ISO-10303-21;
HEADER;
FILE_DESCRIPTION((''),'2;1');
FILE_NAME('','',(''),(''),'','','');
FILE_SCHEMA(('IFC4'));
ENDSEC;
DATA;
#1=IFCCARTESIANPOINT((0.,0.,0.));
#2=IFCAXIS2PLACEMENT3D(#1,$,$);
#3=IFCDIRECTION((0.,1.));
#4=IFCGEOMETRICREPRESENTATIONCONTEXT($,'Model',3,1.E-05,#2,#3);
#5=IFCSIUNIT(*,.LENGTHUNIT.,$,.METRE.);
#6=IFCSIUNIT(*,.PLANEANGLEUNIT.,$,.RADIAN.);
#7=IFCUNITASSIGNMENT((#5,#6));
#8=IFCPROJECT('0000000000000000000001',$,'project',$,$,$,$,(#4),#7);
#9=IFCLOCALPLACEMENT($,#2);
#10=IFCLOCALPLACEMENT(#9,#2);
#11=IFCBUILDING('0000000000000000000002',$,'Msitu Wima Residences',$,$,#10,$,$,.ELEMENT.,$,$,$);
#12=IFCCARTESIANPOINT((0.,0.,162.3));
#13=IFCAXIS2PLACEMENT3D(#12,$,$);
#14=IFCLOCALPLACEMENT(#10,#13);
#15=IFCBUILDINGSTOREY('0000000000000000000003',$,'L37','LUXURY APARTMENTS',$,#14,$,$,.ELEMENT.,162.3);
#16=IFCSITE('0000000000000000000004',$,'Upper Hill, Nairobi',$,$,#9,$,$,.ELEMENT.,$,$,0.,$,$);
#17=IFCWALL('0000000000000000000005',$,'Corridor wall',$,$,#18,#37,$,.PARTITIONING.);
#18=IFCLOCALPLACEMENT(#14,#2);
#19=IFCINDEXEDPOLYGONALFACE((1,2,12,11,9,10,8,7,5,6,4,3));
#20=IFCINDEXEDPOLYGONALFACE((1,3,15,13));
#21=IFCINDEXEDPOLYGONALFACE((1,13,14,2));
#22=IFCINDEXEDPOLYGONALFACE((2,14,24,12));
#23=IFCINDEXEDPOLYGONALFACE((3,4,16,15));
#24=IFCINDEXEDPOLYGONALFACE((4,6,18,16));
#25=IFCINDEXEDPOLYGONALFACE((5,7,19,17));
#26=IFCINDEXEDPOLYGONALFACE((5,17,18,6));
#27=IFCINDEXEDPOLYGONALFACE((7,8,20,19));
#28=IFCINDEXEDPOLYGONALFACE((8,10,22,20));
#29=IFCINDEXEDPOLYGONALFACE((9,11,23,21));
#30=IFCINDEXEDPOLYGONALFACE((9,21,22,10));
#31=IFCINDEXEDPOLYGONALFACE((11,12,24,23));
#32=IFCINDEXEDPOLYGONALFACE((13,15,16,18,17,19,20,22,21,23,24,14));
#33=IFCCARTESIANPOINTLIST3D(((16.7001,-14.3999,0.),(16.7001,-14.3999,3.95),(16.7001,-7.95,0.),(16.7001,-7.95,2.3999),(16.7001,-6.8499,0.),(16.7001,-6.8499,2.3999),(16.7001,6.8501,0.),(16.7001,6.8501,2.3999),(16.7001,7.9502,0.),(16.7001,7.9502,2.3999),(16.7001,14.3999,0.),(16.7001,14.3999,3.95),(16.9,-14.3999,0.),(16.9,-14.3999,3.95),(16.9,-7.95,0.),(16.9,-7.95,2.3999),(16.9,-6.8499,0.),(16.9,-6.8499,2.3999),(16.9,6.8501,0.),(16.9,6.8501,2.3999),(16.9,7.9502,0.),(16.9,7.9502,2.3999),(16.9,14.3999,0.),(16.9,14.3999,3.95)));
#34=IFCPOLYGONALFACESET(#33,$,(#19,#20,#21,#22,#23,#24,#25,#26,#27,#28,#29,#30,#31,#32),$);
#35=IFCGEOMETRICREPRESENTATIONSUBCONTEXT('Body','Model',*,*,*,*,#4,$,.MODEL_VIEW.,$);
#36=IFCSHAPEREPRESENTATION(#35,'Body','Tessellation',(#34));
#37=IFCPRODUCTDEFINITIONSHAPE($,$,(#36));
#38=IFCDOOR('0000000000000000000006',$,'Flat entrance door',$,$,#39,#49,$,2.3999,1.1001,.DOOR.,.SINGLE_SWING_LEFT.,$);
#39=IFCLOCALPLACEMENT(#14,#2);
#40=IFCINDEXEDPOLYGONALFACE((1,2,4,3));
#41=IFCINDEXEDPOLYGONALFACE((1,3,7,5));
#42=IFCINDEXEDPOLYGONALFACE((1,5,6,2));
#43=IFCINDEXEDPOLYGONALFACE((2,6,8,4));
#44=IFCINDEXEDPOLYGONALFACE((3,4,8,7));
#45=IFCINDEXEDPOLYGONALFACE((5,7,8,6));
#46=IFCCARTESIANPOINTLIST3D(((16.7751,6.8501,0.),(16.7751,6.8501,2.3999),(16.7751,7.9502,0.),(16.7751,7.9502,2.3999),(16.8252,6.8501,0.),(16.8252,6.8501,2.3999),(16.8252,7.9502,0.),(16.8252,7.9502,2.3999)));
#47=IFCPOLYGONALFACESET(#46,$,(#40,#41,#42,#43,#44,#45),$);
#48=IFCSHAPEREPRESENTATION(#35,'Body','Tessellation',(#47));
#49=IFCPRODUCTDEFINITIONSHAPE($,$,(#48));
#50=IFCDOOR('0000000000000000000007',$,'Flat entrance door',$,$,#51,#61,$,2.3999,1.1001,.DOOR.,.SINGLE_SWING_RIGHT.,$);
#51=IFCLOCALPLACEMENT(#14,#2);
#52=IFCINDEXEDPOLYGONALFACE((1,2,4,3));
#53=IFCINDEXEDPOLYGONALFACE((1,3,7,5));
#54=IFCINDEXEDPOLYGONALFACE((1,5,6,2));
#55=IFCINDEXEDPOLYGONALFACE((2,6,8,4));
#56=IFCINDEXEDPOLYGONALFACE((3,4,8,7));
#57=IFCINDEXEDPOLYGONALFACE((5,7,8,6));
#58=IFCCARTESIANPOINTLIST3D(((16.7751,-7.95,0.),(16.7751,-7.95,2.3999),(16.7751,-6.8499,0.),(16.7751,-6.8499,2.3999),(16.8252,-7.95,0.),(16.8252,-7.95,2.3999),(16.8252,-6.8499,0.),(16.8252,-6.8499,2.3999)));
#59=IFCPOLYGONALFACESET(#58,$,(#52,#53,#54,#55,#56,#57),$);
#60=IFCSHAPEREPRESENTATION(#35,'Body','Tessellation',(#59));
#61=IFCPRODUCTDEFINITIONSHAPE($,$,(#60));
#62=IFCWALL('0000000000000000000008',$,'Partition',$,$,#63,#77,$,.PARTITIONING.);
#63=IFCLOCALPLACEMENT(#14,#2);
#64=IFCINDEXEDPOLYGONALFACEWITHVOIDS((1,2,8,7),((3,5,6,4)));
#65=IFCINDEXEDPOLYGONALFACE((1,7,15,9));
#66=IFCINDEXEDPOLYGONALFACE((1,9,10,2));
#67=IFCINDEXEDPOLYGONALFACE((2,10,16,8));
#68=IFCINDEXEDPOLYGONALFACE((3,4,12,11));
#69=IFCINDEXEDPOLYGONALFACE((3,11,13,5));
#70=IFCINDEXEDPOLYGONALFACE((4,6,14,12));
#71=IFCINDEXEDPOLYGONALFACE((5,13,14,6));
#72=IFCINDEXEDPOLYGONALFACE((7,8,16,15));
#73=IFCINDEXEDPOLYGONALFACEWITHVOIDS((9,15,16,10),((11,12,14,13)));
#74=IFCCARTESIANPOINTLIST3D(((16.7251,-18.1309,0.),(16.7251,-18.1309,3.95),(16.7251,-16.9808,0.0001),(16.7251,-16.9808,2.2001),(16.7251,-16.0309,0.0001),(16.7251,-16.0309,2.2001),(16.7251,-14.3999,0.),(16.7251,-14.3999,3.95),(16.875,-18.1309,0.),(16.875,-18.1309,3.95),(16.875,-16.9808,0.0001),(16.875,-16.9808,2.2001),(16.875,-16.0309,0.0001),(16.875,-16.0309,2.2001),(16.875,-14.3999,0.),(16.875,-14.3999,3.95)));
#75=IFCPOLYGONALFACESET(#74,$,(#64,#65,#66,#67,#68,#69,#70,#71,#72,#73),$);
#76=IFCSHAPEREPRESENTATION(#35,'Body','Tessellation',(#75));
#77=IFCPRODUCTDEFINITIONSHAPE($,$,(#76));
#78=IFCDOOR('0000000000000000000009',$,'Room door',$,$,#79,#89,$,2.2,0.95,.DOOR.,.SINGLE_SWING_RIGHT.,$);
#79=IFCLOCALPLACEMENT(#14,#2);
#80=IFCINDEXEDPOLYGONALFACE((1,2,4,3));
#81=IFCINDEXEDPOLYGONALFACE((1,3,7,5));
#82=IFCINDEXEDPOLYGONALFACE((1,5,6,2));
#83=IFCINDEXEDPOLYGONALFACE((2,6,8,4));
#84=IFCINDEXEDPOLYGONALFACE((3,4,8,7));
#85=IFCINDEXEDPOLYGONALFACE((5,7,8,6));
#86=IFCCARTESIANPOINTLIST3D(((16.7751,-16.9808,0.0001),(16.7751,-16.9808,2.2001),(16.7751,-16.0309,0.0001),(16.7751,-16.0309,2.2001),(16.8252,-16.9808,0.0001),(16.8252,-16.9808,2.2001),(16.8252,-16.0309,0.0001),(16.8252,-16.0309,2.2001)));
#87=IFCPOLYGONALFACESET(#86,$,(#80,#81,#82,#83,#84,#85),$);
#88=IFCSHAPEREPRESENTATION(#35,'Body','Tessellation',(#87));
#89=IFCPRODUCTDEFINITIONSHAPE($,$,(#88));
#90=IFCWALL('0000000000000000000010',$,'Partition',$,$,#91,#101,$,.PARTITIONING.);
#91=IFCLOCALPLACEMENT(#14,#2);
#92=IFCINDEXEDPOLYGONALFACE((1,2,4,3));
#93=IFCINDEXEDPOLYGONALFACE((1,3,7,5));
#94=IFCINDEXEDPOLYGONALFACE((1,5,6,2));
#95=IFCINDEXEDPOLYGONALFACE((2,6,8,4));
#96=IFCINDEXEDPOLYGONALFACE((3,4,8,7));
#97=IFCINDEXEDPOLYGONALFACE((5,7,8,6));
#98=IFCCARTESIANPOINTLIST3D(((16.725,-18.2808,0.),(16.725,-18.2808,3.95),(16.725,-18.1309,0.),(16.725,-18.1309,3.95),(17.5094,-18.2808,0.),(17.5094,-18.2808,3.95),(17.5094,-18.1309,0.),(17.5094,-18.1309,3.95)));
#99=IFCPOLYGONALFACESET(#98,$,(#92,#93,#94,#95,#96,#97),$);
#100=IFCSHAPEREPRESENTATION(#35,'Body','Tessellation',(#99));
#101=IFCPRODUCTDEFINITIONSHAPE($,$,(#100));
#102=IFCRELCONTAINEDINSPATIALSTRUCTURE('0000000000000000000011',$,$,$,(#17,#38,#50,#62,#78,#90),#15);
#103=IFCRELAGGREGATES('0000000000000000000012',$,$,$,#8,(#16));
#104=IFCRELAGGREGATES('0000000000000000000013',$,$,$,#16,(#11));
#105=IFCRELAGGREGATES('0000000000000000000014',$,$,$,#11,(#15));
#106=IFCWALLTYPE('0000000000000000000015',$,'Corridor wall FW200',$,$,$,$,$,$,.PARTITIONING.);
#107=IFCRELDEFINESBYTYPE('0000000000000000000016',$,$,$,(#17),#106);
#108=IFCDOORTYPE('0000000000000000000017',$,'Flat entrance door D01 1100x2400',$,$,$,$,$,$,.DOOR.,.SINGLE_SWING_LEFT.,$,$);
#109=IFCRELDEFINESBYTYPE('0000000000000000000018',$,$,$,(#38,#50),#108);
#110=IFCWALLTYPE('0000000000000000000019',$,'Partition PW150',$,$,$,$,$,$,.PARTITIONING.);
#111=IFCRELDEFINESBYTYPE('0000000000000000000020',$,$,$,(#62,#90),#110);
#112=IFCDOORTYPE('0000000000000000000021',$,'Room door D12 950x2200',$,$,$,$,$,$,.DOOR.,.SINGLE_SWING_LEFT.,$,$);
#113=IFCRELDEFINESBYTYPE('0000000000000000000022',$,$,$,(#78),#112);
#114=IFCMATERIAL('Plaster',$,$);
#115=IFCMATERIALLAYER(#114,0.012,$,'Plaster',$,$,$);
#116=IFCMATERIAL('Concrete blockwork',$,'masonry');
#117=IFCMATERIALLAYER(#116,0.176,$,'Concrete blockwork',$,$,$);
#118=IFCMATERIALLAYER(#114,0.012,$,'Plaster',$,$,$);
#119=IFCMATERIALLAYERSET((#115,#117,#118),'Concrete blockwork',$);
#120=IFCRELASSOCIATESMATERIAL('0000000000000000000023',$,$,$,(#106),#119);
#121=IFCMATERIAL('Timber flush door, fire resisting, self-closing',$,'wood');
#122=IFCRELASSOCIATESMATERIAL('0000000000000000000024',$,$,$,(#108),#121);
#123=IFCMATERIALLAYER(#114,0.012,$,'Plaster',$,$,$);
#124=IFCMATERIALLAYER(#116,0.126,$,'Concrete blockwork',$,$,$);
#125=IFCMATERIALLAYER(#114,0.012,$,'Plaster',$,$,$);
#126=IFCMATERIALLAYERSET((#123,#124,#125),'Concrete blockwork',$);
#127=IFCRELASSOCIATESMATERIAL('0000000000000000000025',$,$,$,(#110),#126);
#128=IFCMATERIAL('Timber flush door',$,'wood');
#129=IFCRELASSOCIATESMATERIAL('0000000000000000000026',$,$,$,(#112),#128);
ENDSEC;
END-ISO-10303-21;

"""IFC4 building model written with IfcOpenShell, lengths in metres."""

from ifc_helpers import new_model, si_unit, direction, frame, frame_2d, origin, place, context, subcontext, project, spatial, rectangle, extrude, material, layer, layer_set, type_object, element, fill, save


model = new_model("IFC4")

# Units and contexts
model_context = context("Model", 3, precision=1e-05, world=origin(), true_north=direction((0.0, 1.0)))
body_context = subcontext(model_context, "Body", "Model", "MODEL_VIEW")
ifc_project = project(units=[si_unit("LENGTHUNIT", "METRE"), si_unit("PLANEANGLEUNIT", "RADIAN")], contexts=[model_context])

# Site, building, storey
site_placement = place(None, origin())
site = spatial("IfcSite", under=ifc_project, at=site_placement, Name="Upper Hill, Nairobi", CompositionType="ELEMENT", RefElevation=0.0)
building_placement = place(site_placement, origin())
building = spatial("IfcBuilding", under=site, at=building_placement, Name="Msitu Wima Residences", CompositionType="ELEMENT")
storey_placement = place(building_placement, frame((0.0, 0.0, 162.3)))
storey = spatial("IfcBuildingStorey", under=building, at=storey_placement, Name="L37", Description="LUXURY APARTMENTS", CompositionType="ELEMENT", Elevation=162.3)

# Shared definitions
ifc_material_1 = material(Name="Plaster")
ifc_layer_1 = layer(ifc_material_1, 0.012, Name="Plaster")
ifc_material_2 = material(Name="Concrete blockwork", Category="masonry")
ifc_layer_2 = layer(ifc_material_2, 0.176, Name="Concrete blockwork")
ifc_layer_3 = layer(ifc_material_1, 0.012, Name="Plaster")
ifc_layer_set_1 = layer_set([ifc_layer_1, ifc_layer_2, ifc_layer_3], Name="Concrete blockwork")
wall_type_1 = type_object("IfcWallType", Name="Corridor wall FW200", PredefinedType="PARTITIONING", material=ifc_layer_set_1)

# Wall, openings, doors
wall_1_placement = place(storey_placement, frame((16.8, -14.3999, 0.0), z_axis=(0.0, 0.0, 1.0), x_axis=(0.0, 1.0, 0.0)))
wall_1 = element("IfcWall", 1, at=wall_1_placement, inside=storey, type_object=wall_type_1, Name="Corridor wall", PredefinedType="PARTITIONING", context=body_context, shape_type="SweptSolid", body=[
    extrude(rectangle(XDim=28.7998, YDim=0.2, at=frame_2d((14.3999, 0.0))), origin(), (0.0, 0.0, 1.0), 3.95),
])
opening_1_placement = place(wall_1_placement, frame((21.25, 0.0, 0.0)))
opening_1 = element("IfcOpeningElement", 2, at=opening_1_placement, cuts=wall_1, PredefinedType="OPENING", context=body_context, shape_type="SweptSolid", body=[
    extrude(rectangle(XDim=1.1001, YDim=2.3999, at=frame_2d((0.55, 1.2))), frame((0.0, 0.1099, 0.0), z_axis=(0.0, -1.0, 0.0), x_axis=(1.0, 0.0, 0.0)), (0.0, 0.0, 1.0), 0.22),
])
opening_2_placement = place(wall_1_placement, frame((6.45, 0.0, 0.0)))
opening_2 = element("IfcOpeningElement", 3, at=opening_2_placement, cuts=wall_1, PredefinedType="OPENING", context=body_context, shape_type="SweptSolid", body=[
    extrude(rectangle(XDim=1.1001, YDim=2.3999, at=frame_2d((0.55, 1.2))), frame((0.0, 0.1099, 0.0), z_axis=(0.0, -1.0, 0.0), x_axis=(1.0, 0.0, 0.0)), (0.0, 0.0, 1.0), 0.22),
])
ifc_material_3 = material(Name="Timber flush door, fire resisting, self-closing", Category="wood")
door_type_1 = type_object("IfcDoorType", Name="Flat entrance door D01 1100x2400", OperationType="SINGLE_SWING_LEFT", PredefinedType="DOOR", material=ifc_material_3)
door_1_placement = place(opening_1_placement, origin())
door_1 = element("IfcDoor", 4, at=door_1_placement, inside=storey, type_object=door_type_1, Name="Flat entrance door", OperationType="SINGLE_SWING_LEFT", OverallHeight=2.3999, OverallWidth=1.1001, PredefinedType="DOOR", context=body_context, shape_type="SweptSolid", body=[
    extrude(rectangle(XDim=1.1001, YDim=2.3999, at=frame_2d((0.55, 1.2))), frame((0.0, 0.0249, 0.0), z_axis=(0.0, -1.0, 0.0), x_axis=(1.0, 0.0, 0.0)), (0.0, 0.0, 1.0), 0.05),
])
fill(opening_1, door_1)
door_2_placement = place(opening_2_placement, origin())
door_2 = element("IfcDoor", 5, at=door_2_placement, inside=storey, type_object=door_type_1, Name="Flat entrance door", OperationType="SINGLE_SWING_RIGHT", OverallHeight=2.3999, OverallWidth=1.1001, PredefinedType="DOOR", context=body_context, shape_type="SweptSolid", body=[
    extrude(rectangle(XDim=1.1001, YDim=2.3999, at=frame_2d((0.55, 1.2))), frame((0.0, 0.0249, 0.0), z_axis=(0.0, -1.0, 0.0), x_axis=(1.0, 0.0, 0.0)), (0.0, 0.0, 1.0), 0.05),
])
fill(opening_2, door_2)

# Wall, opening, door
ifc_layer_4 = layer(ifc_material_1, 0.012, Name="Plaster")
ifc_layer_5 = layer(ifc_material_2, 0.126, Name="Concrete blockwork")
ifc_layer_6 = layer(ifc_material_1, 0.012, Name="Plaster")
ifc_layer_set_2 = layer_set([ifc_layer_4, ifc_layer_5, ifc_layer_6], Name="Concrete blockwork")
wall_type_2 = type_object("IfcWallType", Name="Partition PW150", PredefinedType="PARTITIONING", material=ifc_layer_set_2)
wall_2_placement = place(storey_placement, frame((16.8, -18.1309, 0.0), z_axis=(0.0, 0.0, 1.0), x_axis=(0.0, 1.0, 0.0)))
wall_2 = element("IfcWall", 6, at=wall_2_placement, inside=storey, type_object=wall_type_2, Name="Partition", PredefinedType="PARTITIONING", context=body_context, shape_type="SweptSolid", body=[
    extrude(rectangle(XDim=3.731, YDim=0.1499, at=frame_2d((1.8655, 0.0))), origin(), (0.0, 0.0, 1.0), 3.95),
])
opening_3_placement = place(wall_2_placement, frame((1.1499, 0.0, 0.0)))
opening_3 = element("IfcOpeningElement", 7, at=opening_3_placement, cuts=wall_2, PredefinedType="OPENING", context=body_context, shape_type="SweptSolid", body=[
    extrude(rectangle(XDim=0.95, YDim=2.2, at=frame_2d((0.4751, 1.1001))), frame((0.0, 0.085, 0.0), z_axis=(0.0, -1.0, 0.0), x_axis=(1.0, 0.0, 0.0)), (0.0, 0.0, 1.0), 0.1699),
])
ifc_material_4 = material(Name="Timber flush door", Category="wood")
door_type_2 = type_object("IfcDoorType", Name="Room door D12 950x2200", OperationType="SINGLE_SWING_LEFT", PredefinedType="DOOR", material=ifc_material_4)
door_3_placement = place(opening_3_placement, origin())
door_3 = element("IfcDoor", 8, at=door_3_placement, inside=storey, type_object=door_type_2, Name="Room door", OperationType="SINGLE_SWING_RIGHT", OverallHeight=2.2, OverallWidth=0.95, PredefinedType="DOOR", context=body_context, shape_type="SweptSolid", body=[
    extrude(rectangle(XDim=0.95, YDim=2.2, at=frame_2d((0.4751, 1.1001))), frame((0.0, 0.0249, 0.0), z_axis=(0.0, -1.0, 0.0), x_axis=(1.0, 0.0, 0.0)), (0.0, 0.0, 1.0), 0.05),
])
fill(opening_3, door_3)

# Wall
wall_3_placement = place(storey_placement, frame((16.7251, -18.2058, 0.0), z_axis=(0.0, 0.0, 1.0), x_axis=(1.0, 0.0, 0.0)))
element("IfcWall", 9, at=wall_3_placement, inside=storey, type_object=wall_type_2, Name="Partition", PredefinedType="PARTITIONING", context=body_context, shape_type="SweptSolid", body=[
    extrude(rectangle(XDim=0.7844, YDim=0.1499, at=frame_2d((0.3921, 0.0))), origin(), (0.0, 0.0, 1.0), 3.95),
])

save(model, "model.ifc")
